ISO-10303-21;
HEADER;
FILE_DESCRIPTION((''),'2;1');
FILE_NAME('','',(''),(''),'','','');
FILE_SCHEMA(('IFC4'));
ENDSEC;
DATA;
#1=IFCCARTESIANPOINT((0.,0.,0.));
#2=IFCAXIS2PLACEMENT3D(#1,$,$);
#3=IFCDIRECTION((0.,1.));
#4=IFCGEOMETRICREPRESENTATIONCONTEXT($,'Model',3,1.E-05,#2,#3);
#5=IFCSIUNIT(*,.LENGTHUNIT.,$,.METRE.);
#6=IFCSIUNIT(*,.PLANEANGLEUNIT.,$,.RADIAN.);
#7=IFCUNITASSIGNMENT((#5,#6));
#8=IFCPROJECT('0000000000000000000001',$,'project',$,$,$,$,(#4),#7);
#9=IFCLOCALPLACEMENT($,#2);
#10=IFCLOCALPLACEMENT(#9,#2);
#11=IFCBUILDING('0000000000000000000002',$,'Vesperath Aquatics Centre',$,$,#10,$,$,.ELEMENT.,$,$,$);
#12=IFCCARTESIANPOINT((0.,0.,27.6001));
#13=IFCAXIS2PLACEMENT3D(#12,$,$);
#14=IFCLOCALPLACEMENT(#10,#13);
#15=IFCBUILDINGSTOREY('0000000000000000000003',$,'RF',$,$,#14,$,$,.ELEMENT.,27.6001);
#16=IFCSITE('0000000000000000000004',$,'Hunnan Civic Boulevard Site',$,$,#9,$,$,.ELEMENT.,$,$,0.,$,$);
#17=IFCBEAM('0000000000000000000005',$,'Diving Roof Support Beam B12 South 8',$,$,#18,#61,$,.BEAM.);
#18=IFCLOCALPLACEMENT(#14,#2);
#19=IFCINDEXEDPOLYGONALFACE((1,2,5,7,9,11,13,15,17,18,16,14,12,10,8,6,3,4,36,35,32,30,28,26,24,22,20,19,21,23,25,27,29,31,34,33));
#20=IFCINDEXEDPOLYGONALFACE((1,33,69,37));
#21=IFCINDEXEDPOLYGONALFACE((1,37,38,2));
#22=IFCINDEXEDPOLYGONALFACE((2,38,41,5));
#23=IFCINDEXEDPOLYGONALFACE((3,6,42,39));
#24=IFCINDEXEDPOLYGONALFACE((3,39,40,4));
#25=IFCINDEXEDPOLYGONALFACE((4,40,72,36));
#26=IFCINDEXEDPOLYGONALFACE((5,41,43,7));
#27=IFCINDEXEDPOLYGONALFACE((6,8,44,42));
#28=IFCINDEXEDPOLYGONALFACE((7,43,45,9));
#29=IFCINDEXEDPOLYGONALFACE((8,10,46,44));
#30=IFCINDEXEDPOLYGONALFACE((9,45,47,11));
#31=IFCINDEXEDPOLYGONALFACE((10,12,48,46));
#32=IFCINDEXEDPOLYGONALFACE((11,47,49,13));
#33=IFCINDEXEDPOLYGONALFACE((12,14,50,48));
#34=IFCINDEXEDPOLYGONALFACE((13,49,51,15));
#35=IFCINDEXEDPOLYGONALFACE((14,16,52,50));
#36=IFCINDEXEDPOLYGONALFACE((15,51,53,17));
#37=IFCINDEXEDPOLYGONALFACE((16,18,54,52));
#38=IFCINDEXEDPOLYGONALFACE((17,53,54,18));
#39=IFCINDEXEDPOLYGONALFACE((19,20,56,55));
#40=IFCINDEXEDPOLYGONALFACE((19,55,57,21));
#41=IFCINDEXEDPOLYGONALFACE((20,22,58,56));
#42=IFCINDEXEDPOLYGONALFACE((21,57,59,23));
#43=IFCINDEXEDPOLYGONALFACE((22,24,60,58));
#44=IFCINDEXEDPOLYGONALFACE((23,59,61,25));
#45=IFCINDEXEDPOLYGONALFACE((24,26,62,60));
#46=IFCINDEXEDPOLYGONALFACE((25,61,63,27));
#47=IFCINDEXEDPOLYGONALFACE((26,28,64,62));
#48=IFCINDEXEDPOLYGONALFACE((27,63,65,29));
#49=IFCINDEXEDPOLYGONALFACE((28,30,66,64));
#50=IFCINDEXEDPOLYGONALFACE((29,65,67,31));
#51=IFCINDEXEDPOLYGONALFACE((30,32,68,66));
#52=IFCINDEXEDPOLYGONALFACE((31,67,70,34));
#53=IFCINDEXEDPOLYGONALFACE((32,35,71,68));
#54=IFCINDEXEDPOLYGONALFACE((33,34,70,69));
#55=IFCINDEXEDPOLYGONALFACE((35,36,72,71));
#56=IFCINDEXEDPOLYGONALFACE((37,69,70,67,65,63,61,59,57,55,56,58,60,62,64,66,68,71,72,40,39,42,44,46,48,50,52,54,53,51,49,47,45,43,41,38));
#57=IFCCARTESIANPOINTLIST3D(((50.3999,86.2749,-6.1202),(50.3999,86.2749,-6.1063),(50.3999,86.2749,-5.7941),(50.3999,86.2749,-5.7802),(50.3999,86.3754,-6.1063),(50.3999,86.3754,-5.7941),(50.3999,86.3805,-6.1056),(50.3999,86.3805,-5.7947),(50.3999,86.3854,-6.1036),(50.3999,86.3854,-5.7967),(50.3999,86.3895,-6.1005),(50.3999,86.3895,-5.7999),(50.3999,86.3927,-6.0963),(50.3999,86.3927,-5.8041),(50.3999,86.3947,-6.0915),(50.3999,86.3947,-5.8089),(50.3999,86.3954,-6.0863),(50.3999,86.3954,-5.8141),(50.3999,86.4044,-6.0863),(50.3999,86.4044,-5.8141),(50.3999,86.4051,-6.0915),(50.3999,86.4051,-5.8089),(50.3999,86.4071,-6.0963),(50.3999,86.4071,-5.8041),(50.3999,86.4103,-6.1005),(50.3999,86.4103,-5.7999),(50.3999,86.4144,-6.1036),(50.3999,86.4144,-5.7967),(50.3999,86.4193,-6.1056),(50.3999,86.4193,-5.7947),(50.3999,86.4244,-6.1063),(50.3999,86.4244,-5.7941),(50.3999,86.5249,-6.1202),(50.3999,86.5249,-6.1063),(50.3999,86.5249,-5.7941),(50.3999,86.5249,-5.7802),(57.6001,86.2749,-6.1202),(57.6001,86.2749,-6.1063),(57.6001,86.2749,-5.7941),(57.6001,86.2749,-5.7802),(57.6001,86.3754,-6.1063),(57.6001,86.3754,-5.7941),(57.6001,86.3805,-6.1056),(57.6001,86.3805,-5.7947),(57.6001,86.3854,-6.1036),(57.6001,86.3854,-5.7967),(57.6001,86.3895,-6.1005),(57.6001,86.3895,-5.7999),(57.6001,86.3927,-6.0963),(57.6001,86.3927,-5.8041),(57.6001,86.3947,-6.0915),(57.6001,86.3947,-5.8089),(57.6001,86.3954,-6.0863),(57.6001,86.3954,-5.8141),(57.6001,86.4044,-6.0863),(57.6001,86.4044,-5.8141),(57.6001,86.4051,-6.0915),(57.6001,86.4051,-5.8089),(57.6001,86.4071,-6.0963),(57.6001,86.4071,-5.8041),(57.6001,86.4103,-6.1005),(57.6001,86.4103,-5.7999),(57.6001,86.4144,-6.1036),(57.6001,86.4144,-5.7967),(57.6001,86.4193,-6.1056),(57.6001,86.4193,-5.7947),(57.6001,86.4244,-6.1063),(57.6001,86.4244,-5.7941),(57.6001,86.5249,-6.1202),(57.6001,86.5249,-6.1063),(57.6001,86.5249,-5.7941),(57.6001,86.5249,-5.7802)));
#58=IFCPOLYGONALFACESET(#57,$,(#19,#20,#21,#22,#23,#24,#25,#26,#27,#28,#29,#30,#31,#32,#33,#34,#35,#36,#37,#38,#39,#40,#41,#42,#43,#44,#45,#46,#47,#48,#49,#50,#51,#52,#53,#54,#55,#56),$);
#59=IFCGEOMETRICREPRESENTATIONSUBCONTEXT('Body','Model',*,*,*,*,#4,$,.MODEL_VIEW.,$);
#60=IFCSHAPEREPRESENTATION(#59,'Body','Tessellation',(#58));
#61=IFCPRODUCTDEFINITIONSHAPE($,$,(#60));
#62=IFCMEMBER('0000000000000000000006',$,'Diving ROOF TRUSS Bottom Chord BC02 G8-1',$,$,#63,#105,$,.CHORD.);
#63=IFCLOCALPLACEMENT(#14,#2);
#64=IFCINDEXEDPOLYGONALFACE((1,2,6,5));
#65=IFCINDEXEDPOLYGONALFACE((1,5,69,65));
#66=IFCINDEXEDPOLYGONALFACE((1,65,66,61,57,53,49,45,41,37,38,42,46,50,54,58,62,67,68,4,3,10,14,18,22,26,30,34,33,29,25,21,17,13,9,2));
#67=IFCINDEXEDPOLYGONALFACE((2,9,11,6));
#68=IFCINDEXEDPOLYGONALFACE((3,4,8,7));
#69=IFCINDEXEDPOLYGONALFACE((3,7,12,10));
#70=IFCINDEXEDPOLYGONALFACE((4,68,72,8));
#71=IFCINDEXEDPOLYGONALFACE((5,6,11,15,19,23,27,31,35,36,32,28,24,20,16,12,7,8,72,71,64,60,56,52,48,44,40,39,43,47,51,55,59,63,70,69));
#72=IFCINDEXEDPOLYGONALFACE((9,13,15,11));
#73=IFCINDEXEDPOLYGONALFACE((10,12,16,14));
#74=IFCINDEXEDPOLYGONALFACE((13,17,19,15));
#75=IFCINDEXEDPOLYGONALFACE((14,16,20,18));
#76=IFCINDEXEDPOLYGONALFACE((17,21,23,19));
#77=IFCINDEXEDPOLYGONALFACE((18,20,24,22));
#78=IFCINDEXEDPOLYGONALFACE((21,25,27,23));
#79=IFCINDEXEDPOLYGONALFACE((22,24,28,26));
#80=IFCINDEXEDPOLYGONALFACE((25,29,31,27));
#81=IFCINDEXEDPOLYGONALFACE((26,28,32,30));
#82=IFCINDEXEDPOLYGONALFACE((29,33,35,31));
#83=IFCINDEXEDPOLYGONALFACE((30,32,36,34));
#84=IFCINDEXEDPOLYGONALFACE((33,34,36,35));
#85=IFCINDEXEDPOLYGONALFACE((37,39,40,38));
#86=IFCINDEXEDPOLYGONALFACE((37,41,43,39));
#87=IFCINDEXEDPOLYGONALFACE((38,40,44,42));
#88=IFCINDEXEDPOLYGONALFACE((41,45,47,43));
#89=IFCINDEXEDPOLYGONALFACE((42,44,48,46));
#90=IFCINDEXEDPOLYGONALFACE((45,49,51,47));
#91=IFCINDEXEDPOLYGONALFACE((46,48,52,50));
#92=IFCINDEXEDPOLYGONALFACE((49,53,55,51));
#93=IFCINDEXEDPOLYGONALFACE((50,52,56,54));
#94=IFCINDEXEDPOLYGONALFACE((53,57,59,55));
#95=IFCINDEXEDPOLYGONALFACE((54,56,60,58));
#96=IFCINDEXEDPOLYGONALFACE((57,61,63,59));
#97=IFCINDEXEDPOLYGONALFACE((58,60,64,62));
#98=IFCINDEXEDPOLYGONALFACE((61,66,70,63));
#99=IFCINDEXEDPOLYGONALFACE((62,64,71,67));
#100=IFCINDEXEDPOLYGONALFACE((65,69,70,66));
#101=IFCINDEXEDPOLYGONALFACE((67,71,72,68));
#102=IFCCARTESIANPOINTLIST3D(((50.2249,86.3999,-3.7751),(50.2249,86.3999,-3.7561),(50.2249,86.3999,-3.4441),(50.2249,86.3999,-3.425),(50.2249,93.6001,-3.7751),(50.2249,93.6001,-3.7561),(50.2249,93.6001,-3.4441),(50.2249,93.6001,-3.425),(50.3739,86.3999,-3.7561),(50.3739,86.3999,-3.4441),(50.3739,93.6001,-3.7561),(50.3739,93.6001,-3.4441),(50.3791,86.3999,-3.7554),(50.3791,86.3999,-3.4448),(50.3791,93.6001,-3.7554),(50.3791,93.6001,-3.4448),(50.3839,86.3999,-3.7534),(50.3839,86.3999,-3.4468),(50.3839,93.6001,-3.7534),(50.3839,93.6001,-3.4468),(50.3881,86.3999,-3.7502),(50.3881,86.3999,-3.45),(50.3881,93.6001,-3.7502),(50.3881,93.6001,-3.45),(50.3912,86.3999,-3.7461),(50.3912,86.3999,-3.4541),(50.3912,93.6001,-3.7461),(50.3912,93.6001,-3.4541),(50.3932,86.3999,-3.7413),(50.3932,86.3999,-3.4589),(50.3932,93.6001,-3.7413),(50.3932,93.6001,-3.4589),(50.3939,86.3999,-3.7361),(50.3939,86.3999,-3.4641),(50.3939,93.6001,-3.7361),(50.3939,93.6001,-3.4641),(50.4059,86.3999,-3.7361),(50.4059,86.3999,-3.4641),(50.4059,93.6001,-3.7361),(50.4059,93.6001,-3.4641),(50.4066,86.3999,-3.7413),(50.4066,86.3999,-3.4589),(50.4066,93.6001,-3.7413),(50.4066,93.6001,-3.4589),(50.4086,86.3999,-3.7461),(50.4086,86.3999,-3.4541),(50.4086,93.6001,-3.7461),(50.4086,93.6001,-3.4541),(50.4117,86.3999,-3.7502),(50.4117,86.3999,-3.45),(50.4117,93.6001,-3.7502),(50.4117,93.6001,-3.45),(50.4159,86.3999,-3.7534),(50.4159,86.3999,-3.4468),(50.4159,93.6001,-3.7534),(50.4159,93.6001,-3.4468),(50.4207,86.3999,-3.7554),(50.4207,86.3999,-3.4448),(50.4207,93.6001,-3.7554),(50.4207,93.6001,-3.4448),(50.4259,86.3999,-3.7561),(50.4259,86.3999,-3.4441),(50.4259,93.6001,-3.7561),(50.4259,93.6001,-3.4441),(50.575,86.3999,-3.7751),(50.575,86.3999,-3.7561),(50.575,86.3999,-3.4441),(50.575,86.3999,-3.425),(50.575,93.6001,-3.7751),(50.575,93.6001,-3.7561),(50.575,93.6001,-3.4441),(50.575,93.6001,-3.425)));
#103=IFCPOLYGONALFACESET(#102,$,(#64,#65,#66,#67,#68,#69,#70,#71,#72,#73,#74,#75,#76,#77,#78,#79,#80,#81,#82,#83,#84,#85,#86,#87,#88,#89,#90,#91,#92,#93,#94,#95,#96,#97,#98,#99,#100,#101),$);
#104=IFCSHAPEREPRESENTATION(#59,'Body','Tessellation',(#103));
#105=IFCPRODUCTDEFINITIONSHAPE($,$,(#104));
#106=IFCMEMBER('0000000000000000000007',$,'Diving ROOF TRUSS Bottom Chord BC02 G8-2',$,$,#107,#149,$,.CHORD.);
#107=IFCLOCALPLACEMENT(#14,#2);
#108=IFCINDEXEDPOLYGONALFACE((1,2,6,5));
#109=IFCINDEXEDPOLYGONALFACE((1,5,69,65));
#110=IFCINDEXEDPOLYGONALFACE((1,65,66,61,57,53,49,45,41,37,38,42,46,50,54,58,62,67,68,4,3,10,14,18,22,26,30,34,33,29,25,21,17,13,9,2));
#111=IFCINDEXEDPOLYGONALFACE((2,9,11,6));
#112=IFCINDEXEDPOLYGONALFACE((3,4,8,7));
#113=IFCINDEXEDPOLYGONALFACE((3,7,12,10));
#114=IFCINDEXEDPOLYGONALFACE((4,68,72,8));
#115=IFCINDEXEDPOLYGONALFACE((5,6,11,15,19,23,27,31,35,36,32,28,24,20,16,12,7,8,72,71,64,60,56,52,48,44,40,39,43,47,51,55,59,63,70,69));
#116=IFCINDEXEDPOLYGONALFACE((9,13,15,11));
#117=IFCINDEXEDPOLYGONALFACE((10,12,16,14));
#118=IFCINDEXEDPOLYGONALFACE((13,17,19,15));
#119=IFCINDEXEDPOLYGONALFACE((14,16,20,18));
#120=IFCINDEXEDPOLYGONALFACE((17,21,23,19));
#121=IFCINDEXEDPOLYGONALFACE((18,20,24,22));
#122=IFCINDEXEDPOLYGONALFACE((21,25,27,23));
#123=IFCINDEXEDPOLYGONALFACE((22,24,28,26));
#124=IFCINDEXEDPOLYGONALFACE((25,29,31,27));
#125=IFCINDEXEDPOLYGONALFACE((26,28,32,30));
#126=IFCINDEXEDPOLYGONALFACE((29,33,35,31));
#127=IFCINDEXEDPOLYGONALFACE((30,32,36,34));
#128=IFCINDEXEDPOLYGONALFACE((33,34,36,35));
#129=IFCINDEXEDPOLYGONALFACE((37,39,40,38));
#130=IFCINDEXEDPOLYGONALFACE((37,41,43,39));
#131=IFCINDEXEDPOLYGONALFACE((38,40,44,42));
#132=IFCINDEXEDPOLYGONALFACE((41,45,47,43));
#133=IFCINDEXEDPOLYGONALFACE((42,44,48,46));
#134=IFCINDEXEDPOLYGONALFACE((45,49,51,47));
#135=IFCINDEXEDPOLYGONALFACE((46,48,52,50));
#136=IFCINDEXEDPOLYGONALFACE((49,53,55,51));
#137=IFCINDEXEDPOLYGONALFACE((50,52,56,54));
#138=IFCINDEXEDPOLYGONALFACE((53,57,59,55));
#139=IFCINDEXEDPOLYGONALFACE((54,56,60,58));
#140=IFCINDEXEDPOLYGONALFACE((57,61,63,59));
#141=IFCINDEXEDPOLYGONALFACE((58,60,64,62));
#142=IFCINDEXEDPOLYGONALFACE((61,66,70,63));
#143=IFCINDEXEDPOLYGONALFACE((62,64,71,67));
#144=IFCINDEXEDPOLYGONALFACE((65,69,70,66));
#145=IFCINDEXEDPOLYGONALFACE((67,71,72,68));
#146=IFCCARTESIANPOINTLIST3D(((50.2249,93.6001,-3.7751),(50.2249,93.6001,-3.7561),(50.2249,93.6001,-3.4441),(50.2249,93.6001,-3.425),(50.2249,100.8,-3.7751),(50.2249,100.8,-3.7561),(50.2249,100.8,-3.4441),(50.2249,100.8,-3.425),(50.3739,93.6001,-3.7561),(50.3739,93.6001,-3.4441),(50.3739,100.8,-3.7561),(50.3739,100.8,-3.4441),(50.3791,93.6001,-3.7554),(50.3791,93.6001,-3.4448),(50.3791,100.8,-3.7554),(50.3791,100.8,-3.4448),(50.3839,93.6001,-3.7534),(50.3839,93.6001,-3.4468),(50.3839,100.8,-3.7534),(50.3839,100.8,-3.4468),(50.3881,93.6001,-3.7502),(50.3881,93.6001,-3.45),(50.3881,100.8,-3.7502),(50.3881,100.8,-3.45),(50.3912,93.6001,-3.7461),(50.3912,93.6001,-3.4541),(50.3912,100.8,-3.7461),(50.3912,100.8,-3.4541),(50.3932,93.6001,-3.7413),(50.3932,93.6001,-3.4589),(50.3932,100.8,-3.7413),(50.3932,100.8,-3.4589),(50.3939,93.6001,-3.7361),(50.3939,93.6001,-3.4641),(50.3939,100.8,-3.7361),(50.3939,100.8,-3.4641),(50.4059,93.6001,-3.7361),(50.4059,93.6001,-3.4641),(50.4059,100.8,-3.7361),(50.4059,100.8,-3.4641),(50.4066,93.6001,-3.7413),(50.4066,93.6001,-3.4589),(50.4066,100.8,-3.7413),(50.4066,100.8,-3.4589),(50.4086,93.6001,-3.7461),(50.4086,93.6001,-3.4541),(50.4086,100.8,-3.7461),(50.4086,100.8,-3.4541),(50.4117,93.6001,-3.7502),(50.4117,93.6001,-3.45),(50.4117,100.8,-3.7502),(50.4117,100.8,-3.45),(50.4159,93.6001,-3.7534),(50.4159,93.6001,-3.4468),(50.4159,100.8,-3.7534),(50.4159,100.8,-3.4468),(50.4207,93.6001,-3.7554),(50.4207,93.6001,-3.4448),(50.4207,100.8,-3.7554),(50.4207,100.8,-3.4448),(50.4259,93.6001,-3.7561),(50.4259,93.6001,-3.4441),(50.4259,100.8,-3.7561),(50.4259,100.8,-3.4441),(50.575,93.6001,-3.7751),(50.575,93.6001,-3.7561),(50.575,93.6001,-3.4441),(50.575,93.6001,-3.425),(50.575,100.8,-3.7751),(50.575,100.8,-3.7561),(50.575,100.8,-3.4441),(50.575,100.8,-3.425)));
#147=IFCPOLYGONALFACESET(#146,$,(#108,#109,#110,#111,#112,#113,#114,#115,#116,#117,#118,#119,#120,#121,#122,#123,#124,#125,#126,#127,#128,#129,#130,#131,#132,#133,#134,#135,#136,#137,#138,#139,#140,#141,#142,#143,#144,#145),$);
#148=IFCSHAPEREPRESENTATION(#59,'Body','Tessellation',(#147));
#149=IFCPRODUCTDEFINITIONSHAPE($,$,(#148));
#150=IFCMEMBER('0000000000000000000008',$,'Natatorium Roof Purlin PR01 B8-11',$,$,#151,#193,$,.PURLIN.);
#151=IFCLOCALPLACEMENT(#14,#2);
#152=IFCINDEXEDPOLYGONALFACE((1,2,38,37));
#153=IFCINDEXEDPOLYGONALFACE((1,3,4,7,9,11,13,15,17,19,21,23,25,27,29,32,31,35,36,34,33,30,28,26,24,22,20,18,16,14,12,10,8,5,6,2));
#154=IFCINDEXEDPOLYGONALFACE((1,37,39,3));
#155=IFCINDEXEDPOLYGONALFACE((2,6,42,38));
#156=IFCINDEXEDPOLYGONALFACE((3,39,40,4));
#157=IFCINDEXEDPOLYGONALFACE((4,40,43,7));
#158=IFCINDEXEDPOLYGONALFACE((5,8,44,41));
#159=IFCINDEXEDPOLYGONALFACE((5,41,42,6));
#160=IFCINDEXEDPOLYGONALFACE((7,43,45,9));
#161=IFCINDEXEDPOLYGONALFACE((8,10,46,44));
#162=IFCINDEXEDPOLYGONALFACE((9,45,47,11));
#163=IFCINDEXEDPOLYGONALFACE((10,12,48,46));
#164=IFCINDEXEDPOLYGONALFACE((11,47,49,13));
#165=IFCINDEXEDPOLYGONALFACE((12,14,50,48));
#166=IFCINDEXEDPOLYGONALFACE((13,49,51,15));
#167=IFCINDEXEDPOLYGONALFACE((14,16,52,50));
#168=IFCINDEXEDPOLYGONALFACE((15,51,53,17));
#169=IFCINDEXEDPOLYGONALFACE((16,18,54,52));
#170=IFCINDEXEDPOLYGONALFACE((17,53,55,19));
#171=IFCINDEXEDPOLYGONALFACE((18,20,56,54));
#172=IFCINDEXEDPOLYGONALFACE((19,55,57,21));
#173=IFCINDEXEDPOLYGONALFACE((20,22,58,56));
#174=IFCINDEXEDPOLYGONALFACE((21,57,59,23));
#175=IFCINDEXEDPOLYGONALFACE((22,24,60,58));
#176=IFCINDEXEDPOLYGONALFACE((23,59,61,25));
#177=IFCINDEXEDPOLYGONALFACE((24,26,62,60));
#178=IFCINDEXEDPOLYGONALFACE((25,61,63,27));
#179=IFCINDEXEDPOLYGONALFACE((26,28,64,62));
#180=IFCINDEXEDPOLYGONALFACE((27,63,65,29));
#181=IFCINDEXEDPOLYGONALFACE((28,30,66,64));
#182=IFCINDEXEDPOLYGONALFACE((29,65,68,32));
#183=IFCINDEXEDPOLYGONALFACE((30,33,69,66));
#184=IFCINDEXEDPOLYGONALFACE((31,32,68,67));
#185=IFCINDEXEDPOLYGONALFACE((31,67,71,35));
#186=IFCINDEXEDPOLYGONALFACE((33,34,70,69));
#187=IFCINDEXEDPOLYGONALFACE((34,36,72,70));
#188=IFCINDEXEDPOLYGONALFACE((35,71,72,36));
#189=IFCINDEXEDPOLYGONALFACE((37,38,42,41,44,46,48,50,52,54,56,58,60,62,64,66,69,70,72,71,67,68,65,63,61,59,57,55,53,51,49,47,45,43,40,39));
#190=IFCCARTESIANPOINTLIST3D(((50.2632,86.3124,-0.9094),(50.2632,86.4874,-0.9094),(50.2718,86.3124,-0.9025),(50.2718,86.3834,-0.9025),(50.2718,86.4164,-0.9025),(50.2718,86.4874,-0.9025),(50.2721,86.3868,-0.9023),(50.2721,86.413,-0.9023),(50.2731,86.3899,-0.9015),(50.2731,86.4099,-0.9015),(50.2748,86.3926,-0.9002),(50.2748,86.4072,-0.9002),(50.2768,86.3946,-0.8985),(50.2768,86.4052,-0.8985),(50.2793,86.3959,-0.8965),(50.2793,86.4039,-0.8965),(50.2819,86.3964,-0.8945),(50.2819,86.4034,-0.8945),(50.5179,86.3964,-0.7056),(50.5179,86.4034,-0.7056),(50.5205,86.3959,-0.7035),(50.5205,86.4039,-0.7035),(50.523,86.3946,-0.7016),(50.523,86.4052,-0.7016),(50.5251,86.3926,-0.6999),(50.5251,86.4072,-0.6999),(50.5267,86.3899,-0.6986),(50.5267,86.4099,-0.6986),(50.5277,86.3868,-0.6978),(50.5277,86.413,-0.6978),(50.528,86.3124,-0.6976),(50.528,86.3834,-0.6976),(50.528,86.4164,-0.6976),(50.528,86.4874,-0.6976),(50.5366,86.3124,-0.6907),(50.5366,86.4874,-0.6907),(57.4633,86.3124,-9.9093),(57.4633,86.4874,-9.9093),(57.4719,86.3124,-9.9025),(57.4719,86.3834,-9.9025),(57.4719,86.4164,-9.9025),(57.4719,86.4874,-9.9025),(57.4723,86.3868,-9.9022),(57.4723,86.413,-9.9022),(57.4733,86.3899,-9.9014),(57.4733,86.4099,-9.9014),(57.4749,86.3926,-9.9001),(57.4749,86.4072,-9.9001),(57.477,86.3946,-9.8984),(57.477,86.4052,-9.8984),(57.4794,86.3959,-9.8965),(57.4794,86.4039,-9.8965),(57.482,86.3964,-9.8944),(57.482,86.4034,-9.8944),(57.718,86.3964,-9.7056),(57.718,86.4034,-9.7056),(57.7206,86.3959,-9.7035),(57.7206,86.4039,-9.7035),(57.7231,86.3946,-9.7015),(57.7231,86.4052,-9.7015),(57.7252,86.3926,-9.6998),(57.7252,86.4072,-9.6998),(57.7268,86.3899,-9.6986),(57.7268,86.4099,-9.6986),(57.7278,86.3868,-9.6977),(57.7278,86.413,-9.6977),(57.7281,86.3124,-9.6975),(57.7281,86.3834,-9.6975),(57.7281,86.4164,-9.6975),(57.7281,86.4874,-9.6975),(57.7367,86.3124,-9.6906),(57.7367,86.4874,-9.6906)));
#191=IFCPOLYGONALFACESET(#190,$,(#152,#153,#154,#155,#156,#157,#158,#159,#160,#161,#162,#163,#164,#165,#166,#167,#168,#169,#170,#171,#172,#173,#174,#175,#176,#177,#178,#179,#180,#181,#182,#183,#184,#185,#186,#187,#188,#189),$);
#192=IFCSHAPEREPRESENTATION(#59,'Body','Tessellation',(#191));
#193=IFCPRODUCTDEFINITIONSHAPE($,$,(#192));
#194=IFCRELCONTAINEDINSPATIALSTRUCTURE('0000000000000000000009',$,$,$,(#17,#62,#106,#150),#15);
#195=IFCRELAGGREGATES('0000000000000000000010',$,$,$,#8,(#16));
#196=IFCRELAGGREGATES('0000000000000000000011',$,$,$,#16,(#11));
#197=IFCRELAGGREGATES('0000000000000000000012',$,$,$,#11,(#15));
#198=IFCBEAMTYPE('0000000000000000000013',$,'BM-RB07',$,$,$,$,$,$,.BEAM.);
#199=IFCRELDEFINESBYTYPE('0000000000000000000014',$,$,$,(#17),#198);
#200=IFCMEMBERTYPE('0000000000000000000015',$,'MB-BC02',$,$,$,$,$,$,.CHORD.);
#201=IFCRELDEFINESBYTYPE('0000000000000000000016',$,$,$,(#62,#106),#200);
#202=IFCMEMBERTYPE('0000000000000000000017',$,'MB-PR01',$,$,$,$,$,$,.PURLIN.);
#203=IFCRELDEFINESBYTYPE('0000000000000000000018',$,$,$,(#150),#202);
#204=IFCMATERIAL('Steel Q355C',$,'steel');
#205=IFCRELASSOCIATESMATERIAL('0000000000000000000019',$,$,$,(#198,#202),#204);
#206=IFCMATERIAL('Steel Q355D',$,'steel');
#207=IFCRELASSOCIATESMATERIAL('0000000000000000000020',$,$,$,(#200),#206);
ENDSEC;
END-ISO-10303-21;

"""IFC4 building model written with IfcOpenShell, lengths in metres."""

from ifc_helpers import new_model, si_unit, direction, frame, origin, origin_2d, place, context, subcontext, project, spatial, i_section, extrude, material, material_profile, profile_set, type_object, element, save


model = new_model("IFC4")

# Units and contexts
model_context = context("Model", 3, precision=1e-05, world=origin(), true_north=direction((0.0, 1.0)))
body_context = subcontext(model_context, "Body", "Model", "MODEL_VIEW")
ifc_project = project(units=[si_unit("LENGTHUNIT", "METRE"), si_unit("PLANEANGLEUNIT", "RADIAN")], contexts=[model_context])

# Site, building, storey
site_placement = place(None, origin())
site = spatial("IfcSite", under=ifc_project, at=site_placement, Name="Hunnan Civic Boulevard Site", CompositionType="ELEMENT", RefElevation=0.0)
building_placement = place(site_placement, origin())
building = spatial("IfcBuilding", under=site, at=building_placement, Name="Vesperath Aquatics Centre", CompositionType="ELEMENT")
storey_placement = place(building_placement, frame((0.0, 0.0, 27.6001)))
storey = spatial("IfcBuildingStorey", under=building, at=storey_placement, Name="RF", CompositionType="ELEMENT", Elevation=27.6001)

# Beam
ifc_material_1 = material(Name="Steel Q355C", Category="steel")
ifc_material_profile_1 = material_profile(ifc_material_1, i_section(OverallWidth=0.25, OverallDepth=0.3401, WebThickness=0.009, FlangeThickness=0.0139, FilletRadius=0.02, at=origin_2d()), Name="HM 340x250x9x14")
ifc_profile_set_1 = profile_set([ifc_material_profile_1], Name="Steel Q355C")
beam_type = type_object("IfcBeamType", Name="BM-RB07", PredefinedType="BEAM", material=ifc_profile_set_1)
beam_placement = place(storey_placement, frame((50.3999, 86.3999, -5.9502), z_axis=(1.0, 0.0, 0.0), x_axis=(0.0, 1.0, 0.0)))
element("IfcBeam", 1, at=beam_placement, inside=storey, type_object=beam_type, Name="Diving Roof Support Beam B12 South 8", PredefinedType="BEAM", context=body_context, shape_type="SweptSolid", body=[
    extrude(i_section(OverallWidth=0.25, OverallDepth=0.3401, WebThickness=0.009, FlangeThickness=0.0139, FilletRadius=0.02, at=origin_2d()), origin(), (0.0, 0.0, 1.0), 7.2002),
])

# Members
ifc_material_2 = material(Name="Steel Q355D", Category="steel")
ifc_material_profile_2 = material_profile(ifc_material_2, i_section(OverallWidth=0.3501, OverallDepth=0.3501, WebThickness=0.012, FlangeThickness=0.019, FilletRadius=0.02, at=origin_2d()), Name="HW 350x350x12x19")
ifc_profile_set_2 = profile_set([ifc_material_profile_2], Name="Steel Q355D")
member_type_1 = type_object("IfcMemberType", Name="MB-BC02", PredefinedType="CHORD", material=ifc_profile_set_2)
member_1_placement = place(storey_placement, frame((50.3999, 86.3999, -3.6001), z_axis=(0.0, 1.0, 0.0), x_axis=(-1.0, 0.0, 0.0)))
element("IfcMember", 2, at=member_1_placement, inside=storey, type_object=member_type_1, Name="Diving ROOF TRUSS Bottom Chord BC02 G8-1", PredefinedType="CHORD", context=body_context, shape_type="SweptSolid", body=[
    extrude(i_section(OverallWidth=0.3501, OverallDepth=0.3501, WebThickness=0.012, FlangeThickness=0.019, FilletRadius=0.02, at=origin_2d()), origin(), (0.0, 0.0, 1.0), 7.2002),
])
member_2_placement = place(storey_placement, frame((50.3999, 93.6001, -3.6001), z_axis=(0.0, 1.0, 0.0), x_axis=(-1.0, 0.0, 0.0)))
element("IfcMember", 3, at=member_2_placement, inside=storey, type_object=member_type_1, Name="Diving ROOF TRUSS Bottom Chord BC02 G8-2", PredefinedType="CHORD", context=body_context, shape_type="SweptSolid", body=[
    extrude(i_section(OverallWidth=0.3501, OverallDepth=0.3501, WebThickness=0.012, FlangeThickness=0.019, FilletRadius=0.02, at=origin_2d()), origin(), (0.0, 0.0, 1.0), 7.2),
])
ifc_material_profile_3 = material_profile(ifc_material_1, i_section(OverallWidth=0.175, OverallDepth=0.3501, WebThickness=0.0071, FlangeThickness=0.011, FilletRadius=0.0129, at=origin_2d()), Name="HN 350x175x7x11")
ifc_profile_set_3 = profile_set([ifc_material_profile_3], Name="Steel Q355C")
member_type_2 = type_object("IfcMemberType", Name="MB-PR01", PredefinedType="PURLIN", material=ifc_profile_set_3)
member_3_placement = place(storey_placement, frame((50.3999, 86.3999, -0.8), z_axis=(0.624705, 0.0, -0.780861), x_axis=(0.0, 1.0, 0.0)))
element("IfcMember", 4, at=member_3_placement, inside=storey, type_object=member_type_2, Name="Natatorium Roof Purlin PR01 B8-11", PredefinedType="PURLIN", context=body_context, shape_type="SweptSolid", body=[
    extrude(i_section(OverallWidth=0.175, OverallDepth=0.3501, WebThickness=0.0071, FlangeThickness=0.011, FilletRadius=0.0129, at=origin_2d()), origin(), (0.0, 0.0, 1.0), 11.5256),
])

save(model, "model.ifc")
